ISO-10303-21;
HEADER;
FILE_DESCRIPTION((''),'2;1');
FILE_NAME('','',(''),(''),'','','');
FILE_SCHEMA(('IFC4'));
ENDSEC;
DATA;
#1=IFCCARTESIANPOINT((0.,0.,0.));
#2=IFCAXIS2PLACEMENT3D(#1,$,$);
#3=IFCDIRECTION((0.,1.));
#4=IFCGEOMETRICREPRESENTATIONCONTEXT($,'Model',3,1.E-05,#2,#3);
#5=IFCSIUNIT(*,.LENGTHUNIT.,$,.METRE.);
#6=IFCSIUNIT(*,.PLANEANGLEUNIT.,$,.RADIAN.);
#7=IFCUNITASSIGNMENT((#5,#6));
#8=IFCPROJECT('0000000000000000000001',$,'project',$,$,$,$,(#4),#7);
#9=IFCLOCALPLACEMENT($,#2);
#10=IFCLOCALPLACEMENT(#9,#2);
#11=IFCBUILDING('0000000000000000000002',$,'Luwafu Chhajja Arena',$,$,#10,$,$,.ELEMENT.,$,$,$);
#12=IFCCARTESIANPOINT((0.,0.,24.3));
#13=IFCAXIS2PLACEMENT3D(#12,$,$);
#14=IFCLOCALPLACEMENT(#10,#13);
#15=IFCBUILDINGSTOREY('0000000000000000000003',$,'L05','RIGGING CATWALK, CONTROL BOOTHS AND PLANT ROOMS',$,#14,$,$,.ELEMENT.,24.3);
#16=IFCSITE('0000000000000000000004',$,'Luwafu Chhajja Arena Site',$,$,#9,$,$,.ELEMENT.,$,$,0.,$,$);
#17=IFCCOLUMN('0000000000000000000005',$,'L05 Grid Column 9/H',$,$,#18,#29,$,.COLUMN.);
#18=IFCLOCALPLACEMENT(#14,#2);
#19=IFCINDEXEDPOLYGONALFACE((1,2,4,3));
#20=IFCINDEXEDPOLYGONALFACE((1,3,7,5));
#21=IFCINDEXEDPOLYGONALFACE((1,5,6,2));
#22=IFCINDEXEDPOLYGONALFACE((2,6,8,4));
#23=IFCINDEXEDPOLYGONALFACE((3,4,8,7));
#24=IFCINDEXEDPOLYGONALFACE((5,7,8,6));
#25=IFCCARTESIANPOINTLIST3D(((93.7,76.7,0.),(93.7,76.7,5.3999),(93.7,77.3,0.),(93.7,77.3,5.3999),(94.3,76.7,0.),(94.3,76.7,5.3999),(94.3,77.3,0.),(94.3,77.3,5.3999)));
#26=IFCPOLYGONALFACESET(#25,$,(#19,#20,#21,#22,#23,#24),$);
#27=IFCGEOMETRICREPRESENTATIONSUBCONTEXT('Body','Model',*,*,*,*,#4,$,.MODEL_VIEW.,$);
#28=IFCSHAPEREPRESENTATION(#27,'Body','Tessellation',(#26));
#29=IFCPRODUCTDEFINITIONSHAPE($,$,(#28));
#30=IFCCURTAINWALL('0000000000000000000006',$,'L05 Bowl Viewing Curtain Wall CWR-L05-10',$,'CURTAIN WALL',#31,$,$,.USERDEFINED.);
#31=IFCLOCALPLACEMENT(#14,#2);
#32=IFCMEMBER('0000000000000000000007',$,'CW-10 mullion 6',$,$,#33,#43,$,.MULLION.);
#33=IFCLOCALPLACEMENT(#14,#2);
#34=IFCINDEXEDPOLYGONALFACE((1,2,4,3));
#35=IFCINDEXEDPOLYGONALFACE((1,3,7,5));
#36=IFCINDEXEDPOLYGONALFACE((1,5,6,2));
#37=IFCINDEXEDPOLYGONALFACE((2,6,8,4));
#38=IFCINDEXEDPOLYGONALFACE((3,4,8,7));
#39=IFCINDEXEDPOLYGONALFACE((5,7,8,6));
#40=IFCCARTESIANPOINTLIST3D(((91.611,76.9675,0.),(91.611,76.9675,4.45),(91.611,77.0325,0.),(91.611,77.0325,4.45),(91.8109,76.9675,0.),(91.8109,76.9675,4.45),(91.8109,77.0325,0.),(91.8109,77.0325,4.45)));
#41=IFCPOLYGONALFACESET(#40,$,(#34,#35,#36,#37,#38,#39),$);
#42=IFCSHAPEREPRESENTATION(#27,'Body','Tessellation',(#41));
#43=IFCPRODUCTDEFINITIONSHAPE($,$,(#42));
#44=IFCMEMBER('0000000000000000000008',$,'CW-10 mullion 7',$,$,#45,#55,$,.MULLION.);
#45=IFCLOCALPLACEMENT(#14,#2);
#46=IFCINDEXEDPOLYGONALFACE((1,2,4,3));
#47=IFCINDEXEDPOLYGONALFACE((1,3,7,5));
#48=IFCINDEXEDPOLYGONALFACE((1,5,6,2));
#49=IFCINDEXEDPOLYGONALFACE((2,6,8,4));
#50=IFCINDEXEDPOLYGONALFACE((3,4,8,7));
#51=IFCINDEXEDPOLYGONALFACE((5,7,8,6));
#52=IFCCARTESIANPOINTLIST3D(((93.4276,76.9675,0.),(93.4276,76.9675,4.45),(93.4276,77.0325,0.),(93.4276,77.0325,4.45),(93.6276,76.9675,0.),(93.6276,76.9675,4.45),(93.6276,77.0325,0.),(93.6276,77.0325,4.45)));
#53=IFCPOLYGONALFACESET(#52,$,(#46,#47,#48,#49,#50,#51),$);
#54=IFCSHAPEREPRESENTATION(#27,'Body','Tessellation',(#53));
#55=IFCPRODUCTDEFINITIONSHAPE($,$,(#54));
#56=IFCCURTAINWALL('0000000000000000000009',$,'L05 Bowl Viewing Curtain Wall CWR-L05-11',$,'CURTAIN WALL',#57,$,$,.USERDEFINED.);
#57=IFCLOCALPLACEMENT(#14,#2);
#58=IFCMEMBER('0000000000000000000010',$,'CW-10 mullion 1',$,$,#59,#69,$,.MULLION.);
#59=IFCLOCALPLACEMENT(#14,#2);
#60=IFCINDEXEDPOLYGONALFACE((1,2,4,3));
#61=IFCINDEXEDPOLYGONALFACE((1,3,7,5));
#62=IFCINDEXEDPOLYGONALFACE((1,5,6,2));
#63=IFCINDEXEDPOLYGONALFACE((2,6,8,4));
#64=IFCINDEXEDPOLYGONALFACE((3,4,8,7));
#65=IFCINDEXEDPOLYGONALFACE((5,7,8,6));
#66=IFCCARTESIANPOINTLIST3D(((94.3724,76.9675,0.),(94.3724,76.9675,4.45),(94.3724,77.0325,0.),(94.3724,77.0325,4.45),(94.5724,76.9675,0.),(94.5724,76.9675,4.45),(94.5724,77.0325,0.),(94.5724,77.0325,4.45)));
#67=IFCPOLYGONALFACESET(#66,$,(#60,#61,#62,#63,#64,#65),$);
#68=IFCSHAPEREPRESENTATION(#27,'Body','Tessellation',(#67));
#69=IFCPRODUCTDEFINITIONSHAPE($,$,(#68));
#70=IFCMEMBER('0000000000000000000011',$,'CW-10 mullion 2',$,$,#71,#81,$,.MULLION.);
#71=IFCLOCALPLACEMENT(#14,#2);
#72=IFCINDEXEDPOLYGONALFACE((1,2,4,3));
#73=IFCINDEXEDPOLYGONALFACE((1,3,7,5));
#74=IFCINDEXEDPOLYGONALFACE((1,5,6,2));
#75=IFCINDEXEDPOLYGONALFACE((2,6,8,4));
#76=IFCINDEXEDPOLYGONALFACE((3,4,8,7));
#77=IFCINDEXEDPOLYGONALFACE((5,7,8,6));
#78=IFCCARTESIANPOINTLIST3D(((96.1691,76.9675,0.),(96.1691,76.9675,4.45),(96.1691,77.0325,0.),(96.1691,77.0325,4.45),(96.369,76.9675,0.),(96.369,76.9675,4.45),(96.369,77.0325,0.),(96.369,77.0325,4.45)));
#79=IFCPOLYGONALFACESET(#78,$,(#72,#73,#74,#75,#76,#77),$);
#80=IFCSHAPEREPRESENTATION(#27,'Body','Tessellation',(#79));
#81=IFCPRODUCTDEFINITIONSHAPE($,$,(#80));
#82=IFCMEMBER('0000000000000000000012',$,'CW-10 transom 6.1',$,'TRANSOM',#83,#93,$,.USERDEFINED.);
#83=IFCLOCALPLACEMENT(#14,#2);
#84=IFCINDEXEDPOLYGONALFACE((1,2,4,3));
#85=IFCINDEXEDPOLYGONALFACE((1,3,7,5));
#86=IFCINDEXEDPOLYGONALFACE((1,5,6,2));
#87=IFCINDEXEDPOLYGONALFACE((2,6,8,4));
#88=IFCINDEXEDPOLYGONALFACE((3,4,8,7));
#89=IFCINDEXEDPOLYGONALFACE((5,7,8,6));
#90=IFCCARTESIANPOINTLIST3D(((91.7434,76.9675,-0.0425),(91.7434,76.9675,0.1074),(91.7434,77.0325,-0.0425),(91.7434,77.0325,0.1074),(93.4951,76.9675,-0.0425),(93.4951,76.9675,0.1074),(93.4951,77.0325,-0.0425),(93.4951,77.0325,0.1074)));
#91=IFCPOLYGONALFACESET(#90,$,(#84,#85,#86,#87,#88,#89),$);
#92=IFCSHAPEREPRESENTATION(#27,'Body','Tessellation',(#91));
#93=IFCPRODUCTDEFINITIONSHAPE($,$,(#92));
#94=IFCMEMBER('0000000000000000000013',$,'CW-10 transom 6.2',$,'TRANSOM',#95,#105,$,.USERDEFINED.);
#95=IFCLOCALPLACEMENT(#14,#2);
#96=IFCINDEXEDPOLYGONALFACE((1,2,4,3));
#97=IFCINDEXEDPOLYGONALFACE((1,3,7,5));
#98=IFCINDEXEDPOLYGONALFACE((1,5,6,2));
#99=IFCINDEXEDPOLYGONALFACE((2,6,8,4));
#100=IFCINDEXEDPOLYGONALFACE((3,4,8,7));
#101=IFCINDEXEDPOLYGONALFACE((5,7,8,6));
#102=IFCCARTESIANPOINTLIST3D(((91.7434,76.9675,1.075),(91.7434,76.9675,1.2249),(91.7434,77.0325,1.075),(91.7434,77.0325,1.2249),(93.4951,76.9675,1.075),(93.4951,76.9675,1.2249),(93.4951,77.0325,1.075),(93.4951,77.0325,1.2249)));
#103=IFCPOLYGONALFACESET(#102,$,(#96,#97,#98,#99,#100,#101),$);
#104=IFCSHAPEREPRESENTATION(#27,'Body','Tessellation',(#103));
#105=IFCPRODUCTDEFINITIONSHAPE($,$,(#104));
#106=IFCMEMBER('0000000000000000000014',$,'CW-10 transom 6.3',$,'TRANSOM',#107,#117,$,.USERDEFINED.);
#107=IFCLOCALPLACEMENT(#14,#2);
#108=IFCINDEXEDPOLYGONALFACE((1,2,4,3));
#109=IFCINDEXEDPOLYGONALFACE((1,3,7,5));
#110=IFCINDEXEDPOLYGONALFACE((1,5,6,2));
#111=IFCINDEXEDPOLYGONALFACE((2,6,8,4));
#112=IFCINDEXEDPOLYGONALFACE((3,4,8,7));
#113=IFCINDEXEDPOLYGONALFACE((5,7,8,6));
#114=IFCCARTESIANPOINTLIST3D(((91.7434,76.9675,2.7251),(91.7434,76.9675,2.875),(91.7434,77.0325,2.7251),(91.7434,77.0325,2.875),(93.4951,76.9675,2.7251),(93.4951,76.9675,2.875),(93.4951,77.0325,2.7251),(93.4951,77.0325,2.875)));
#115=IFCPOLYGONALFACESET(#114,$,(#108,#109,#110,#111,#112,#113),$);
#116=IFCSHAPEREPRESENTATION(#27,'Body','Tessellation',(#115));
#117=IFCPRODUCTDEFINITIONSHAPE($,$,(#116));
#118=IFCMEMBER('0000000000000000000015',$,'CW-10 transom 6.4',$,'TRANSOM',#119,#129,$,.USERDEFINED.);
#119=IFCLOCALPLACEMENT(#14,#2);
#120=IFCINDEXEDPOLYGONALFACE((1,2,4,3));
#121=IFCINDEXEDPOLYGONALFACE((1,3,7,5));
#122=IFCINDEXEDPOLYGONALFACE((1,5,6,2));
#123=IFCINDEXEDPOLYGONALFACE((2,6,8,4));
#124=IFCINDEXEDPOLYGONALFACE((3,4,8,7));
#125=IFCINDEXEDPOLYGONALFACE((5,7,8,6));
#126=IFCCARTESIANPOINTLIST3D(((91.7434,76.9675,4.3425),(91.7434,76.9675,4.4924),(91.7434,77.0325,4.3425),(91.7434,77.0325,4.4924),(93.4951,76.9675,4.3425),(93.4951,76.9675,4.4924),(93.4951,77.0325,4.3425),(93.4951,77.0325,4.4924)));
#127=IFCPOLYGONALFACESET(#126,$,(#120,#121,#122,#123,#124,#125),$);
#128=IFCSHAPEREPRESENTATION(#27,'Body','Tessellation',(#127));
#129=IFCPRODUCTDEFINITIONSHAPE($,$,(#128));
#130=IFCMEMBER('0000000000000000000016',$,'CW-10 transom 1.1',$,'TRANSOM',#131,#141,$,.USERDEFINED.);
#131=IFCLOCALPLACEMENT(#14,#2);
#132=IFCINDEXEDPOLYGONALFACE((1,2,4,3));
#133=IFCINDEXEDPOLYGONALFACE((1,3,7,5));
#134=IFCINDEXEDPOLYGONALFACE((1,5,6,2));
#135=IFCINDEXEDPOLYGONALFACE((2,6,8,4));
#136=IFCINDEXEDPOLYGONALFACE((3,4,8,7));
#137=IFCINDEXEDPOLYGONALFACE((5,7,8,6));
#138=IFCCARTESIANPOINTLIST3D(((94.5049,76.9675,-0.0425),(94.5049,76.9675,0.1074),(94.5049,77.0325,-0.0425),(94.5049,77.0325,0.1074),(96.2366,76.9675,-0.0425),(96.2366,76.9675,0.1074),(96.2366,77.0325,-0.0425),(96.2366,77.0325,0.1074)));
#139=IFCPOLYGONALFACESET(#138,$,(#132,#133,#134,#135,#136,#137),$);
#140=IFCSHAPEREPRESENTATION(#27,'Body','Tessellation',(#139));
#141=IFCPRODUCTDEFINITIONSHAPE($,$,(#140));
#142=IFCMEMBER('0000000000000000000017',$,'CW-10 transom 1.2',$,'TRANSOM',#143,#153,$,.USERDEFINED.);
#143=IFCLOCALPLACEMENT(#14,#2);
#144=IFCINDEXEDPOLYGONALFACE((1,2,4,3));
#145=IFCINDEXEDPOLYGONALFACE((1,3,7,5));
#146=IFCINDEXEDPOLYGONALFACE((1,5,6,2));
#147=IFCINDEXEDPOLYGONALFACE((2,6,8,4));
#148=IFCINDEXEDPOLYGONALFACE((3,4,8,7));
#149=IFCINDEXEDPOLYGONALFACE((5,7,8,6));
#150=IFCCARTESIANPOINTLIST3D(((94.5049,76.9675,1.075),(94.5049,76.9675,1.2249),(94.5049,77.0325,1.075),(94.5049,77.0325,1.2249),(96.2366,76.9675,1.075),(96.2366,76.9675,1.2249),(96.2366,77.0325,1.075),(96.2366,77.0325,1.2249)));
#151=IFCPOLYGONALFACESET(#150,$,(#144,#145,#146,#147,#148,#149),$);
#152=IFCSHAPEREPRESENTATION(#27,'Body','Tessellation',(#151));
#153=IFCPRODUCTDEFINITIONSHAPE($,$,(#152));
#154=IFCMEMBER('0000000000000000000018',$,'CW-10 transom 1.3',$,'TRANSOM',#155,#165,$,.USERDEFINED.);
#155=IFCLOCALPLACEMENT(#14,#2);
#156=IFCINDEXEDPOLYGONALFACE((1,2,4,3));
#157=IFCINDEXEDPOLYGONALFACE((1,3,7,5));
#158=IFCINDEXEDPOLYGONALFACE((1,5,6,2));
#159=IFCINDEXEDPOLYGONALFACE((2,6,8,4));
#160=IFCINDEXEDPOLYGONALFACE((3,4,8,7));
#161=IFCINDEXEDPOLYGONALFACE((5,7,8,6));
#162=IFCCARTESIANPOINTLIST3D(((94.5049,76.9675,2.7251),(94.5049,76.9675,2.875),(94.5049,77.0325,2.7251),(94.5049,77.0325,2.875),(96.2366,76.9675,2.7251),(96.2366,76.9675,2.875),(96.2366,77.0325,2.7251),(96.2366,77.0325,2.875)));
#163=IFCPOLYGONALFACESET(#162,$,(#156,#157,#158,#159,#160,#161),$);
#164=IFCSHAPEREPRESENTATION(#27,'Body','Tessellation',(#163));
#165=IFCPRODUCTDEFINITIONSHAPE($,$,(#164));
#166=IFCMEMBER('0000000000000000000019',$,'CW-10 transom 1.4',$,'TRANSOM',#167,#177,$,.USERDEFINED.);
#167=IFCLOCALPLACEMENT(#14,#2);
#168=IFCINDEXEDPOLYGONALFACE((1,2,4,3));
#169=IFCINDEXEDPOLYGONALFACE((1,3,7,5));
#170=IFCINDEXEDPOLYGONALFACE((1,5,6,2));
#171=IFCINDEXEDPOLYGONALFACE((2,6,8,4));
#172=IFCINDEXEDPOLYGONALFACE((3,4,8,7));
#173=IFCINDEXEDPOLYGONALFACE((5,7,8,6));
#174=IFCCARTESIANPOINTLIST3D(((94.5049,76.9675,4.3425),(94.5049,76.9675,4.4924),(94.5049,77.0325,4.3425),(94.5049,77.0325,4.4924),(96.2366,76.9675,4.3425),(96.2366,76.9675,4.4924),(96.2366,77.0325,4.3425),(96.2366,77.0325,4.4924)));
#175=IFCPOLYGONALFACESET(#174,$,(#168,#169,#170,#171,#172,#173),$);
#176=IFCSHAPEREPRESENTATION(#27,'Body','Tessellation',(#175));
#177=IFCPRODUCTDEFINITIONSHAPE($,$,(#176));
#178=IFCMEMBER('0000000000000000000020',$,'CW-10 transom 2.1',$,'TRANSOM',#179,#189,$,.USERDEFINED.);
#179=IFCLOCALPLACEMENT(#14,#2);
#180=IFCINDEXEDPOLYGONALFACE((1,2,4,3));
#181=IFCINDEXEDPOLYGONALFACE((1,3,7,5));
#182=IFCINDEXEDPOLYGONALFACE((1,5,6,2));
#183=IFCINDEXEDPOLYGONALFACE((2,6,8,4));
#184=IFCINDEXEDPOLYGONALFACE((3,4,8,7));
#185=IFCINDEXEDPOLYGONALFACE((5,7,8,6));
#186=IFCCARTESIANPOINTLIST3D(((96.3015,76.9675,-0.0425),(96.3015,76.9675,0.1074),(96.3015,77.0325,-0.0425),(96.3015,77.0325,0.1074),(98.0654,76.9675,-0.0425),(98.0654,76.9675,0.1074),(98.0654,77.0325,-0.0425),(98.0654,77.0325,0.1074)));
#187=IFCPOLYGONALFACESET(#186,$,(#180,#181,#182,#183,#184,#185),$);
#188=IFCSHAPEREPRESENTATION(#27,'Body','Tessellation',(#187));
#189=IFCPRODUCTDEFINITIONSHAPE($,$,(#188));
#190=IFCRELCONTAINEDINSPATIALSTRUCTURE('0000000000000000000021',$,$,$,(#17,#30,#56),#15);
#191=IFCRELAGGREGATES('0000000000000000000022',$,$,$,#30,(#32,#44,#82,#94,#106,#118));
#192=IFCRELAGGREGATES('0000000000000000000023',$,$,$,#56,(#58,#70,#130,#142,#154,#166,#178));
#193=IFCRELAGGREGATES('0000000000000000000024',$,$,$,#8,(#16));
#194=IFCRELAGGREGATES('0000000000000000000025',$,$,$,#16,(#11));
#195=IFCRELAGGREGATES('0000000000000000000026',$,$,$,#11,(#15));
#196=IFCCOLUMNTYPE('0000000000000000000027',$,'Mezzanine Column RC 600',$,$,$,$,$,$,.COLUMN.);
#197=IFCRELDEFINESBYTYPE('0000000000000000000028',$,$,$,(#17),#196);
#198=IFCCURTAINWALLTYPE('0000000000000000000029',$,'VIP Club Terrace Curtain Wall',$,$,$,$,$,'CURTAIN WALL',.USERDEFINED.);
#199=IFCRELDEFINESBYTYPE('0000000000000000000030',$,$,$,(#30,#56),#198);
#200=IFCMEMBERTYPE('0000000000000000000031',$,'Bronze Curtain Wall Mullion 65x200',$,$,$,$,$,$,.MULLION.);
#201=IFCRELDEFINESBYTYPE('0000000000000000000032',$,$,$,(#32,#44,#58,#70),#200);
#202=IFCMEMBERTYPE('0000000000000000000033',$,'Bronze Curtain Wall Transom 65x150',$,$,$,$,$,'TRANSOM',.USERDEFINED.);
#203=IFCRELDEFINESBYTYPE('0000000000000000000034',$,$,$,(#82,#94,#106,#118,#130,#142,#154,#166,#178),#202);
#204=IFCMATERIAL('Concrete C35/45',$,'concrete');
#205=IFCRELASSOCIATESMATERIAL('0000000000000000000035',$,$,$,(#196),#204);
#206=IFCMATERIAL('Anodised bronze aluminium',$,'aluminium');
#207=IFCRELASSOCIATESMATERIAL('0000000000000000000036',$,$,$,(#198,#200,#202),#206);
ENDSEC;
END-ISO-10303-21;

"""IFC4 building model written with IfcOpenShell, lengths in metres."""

from ifc_helpers import new_model, si_unit, direction, frame, origin, origin_2d, place, context, subcontext, project, spatial, rectangle, extrude, material, material_profile, profile_set, type_object, element, aggregate, save


model = new_model("IFC4")

# Units and contexts
model_context = context("Model", 3, precision=1e-05, world=origin(), true_north=direction((0.0, 1.0)))
body_context = subcontext(model_context, "Body", "Model", "MODEL_VIEW")
ifc_project = project(units=[si_unit("LENGTHUNIT", "METRE"), si_unit("PLANEANGLEUNIT", "RADIAN")], contexts=[model_context])

# Site, building, storey
site_placement = place(None, origin())
site = spatial("IfcSite", under=ifc_project, at=site_placement, Name="Luwafu Chhajja Arena Site", CompositionType="ELEMENT", RefElevation=0.0)
building_placement = place(site_placement, origin())
building = spatial("IfcBuilding", under=site, at=building_placement, Name="Luwafu Chhajja Arena", CompositionType="ELEMENT")
storey_placement = place(building_placement, frame((0.0, 0.0, 24.3)))
storey = spatial("IfcBuildingStorey", under=building, at=storey_placement, Name="L05", Description="RIGGING CATWALK, CONTROL BOOTHS AND PLANT ROOMS", CompositionType="ELEMENT", Elevation=24.3)

# Column
ifc_material_1 = material(Name="Concrete C35/45", Category="concrete")
ifc_material_profile_1 = material_profile(ifc_material_1, rectangle(XDim=0.6001, YDim=0.6001, at=origin_2d()), Name="RC 600x600")
ifc_profile_set_1 = profile_set([ifc_material_profile_1], Name="Concrete C35/45")
column_type = type_object("IfcColumnType", Name="Mezzanine Column RC 600", PredefinedType="COLUMN", material=ifc_profile_set_1)
column_placement = place(storey_placement, frame((94.0, 77.0, 0.0), z_axis=(0.0, 0.0, 1.0), x_axis=(1.0, 0.0, 0.0)))
element("IfcColumn", 1, at=column_placement, inside=storey, type_object=column_type, Name="L05 Grid Column 9/H", PredefinedType="COLUMN", context=body_context, shape_type="SweptSolid", body=[
    extrude(rectangle(XDim=0.6001, YDim=0.6001, at=origin_2d()), origin(), (0.0, 0.0, 1.0), 5.3999),
])

# Curtain walls, members
ifc_material_2 = material(Name="Anodised bronze aluminium", Category="aluminium")
curtain_wall_type = type_object("IfcCurtainWallType", Name="VIP Club Terrace Curtain Wall", ElementType="CURTAIN WALL", PredefinedType="USERDEFINED", material=ifc_material_2)
curtain_wall_1_placement = place(storey_placement, origin())
curtain_wall_1 = element("IfcCurtainWall", 2, at=curtain_wall_1_placement, inside=storey, type_object=curtain_wall_type, Name="L05 Bowl Viewing Curtain Wall CWR-L05-10", ObjectType="CURTAIN WALL", PredefinedType="USERDEFINED")
ifc_material_profile_2 = material_profile(ifc_material_2, rectangle(XDim=0.0649, YDim=0.2, at=origin_2d()), Name="CWM 65x200")
ifc_profile_set_2 = profile_set([ifc_material_profile_2], Name="Anodised bronze aluminium")
member_type_1 = type_object("IfcMemberType", Name="Bronze Curtain Wall Mullion 65x200", PredefinedType="MULLION", material=ifc_profile_set_2)
member_1_placement = place(storey_placement, frame((91.7109, 77.0, 0.0), z_axis=(0.0, 0.0, 1.0), x_axis=(0.0, 1.0, 0.0)))
member_1 = element("IfcMember", 3, at=member_1_placement, type_object=member_type_1, Name="CW-10 mullion 6", PredefinedType="MULLION", context=body_context, shape_type="SweptSolid", body=[
    extrude(rectangle(XDim=0.0649, YDim=0.2, at=origin_2d()), origin(), (0.0, 0.0, 1.0), 4.45),
])
member_2_placement = place(storey_placement, frame((93.5276, 77.0, 0.0), z_axis=(0.0, 0.0, 1.0), x_axis=(0.0, 1.0, 0.0)))
member_2 = element("IfcMember", 4, at=member_2_placement, type_object=member_type_1, Name="CW-10 mullion 7", PredefinedType="MULLION", context=body_context, shape_type="SweptSolid", body=[
    extrude(rectangle(XDim=0.0649, YDim=0.2, at=origin_2d()), origin(), (0.0, 0.0, 1.0), 4.45),
])
curtain_wall_2_placement = place(storey_placement, origin())
curtain_wall_2 = element("IfcCurtainWall", 5, at=curtain_wall_2_placement, inside=storey, type_object=curtain_wall_type, Name="L05 Bowl Viewing Curtain Wall CWR-L05-11", ObjectType="CURTAIN WALL", PredefinedType="USERDEFINED")
member_3_placement = place(storey_placement, frame((94.4724, 77.0, 0.0), z_axis=(0.0, 0.0, 1.0), x_axis=(0.0, 1.0, 0.0)))
member_3 = element("IfcMember", 6, at=member_3_placement, type_object=member_type_1, Name="CW-10 mullion 1", PredefinedType="MULLION", context=body_context, shape_type="SweptSolid", body=[
    extrude(rectangle(XDim=0.0649, YDim=0.2, at=origin_2d()), origin(), (0.0, 0.0, 1.0), 4.45),
])
member_4_placement = place(storey_placement, frame((96.269, 77.0, 0.0), z_axis=(0.0, 0.0, 1.0), x_axis=(0.0, 1.0, 0.0)))
member_4 = element("IfcMember", 7, at=member_4_placement, type_object=member_type_1, Name="CW-10 mullion 2", PredefinedType="MULLION", context=body_context, shape_type="SweptSolid", body=[
    extrude(rectangle(XDim=0.0649, YDim=0.2, at=origin_2d()), origin(), (0.0, 0.0, 1.0), 4.45),
])

# Members
ifc_material_profile_3 = material_profile(ifc_material_2, rectangle(XDim=0.0649, YDim=0.1499, at=origin_2d()), Name="CWT 65x150")
ifc_profile_set_3 = profile_set([ifc_material_profile_3], Name="Anodised bronze aluminium")
member_type_2 = type_object("IfcMemberType", Name="Bronze Curtain Wall Transom 65x150", ElementType="TRANSOM", PredefinedType="USERDEFINED", material=ifc_profile_set_3)
member_5_placement = place(storey_placement, frame((91.7434, 77.0, 0.0325), z_axis=(1.0, 0.0, 0.0), x_axis=(0.0, 1.0, 0.0)))
member_5 = element("IfcMember", 8, at=member_5_placement, type_object=member_type_2, Name="CW-10 transom 6.1", ObjectType="TRANSOM", PredefinedType="USERDEFINED", context=body_context, shape_type="SweptSolid", body=[
    extrude(rectangle(XDim=0.0649, YDim=0.1499, at=origin_2d()), origin(), (0.0, 0.0, 1.0), 1.7517),
])
member_6_placement = place(storey_placement, frame((91.7434, 77.0, 1.1499), z_axis=(1.0, 0.0, 0.0), x_axis=(0.0, 1.0, 0.0)))
member_6 = element("IfcMember", 9, at=member_6_placement, type_object=member_type_2, Name="CW-10 transom 6.2", ObjectType="TRANSOM", PredefinedType="USERDEFINED", context=body_context, shape_type="SweptSolid", body=[
    extrude(rectangle(XDim=0.0649, YDim=0.1499, at=origin_2d()), origin(), (0.0, 0.0, 1.0), 1.7517),
])
member_7_placement = place(storey_placement, frame((91.7434, 77.0, 2.8), z_axis=(1.0, 0.0, 0.0), x_axis=(0.0, 1.0, 0.0)))
member_7 = element("IfcMember", 10, at=member_7_placement, type_object=member_type_2, Name="CW-10 transom 6.3", ObjectType="TRANSOM", PredefinedType="USERDEFINED", context=body_context, shape_type="SweptSolid", body=[
    extrude(rectangle(XDim=0.0649, YDim=0.1499, at=origin_2d()), origin(), (0.0, 0.0, 1.0), 1.7517),
])
member_8_placement = place(storey_placement, frame((91.7434, 77.0, 4.4175), z_axis=(1.0, 0.0, 0.0), x_axis=(0.0, 1.0, 0.0)))
member_8 = element("IfcMember", 11, at=member_8_placement, type_object=member_type_2, Name="CW-10 transom 6.4", ObjectType="TRANSOM", PredefinedType="USERDEFINED", context=body_context, shape_type="SweptSolid", body=[
    extrude(rectangle(XDim=0.0649, YDim=0.1499, at=origin_2d()), origin(), (0.0, 0.0, 1.0), 1.7517),
])
member_9_placement = place(storey_placement, frame((94.5049, 77.0, 0.0325), z_axis=(1.0, 0.0, 0.0), x_axis=(0.0, 1.0, 0.0)))
member_9 = element("IfcMember", 12, at=member_9_placement, type_object=member_type_2, Name="CW-10 transom 1.1", ObjectType="TRANSOM", PredefinedType="USERDEFINED", context=body_context, shape_type="SweptSolid", body=[
    extrude(rectangle(XDim=0.0649, YDim=0.1499, at=origin_2d()), origin(), (0.0, 0.0, 1.0), 1.7317),
])
member_10_placement = place(storey_placement, frame((94.5049, 77.0, 1.1499), z_axis=(1.0, 0.0, 0.0), x_axis=(0.0, 1.0, 0.0)))
member_10 = element("IfcMember", 13, at=member_10_placement, type_object=member_type_2, Name="CW-10 transom 1.2", ObjectType="TRANSOM", PredefinedType="USERDEFINED", context=body_context, shape_type="SweptSolid", body=[
    extrude(rectangle(XDim=0.0649, YDim=0.1499, at=origin_2d()), origin(), (0.0, 0.0, 1.0), 1.7317),
])
member_11_placement = place(storey_placement, frame((94.5049, 77.0, 2.8), z_axis=(1.0, 0.0, 0.0), x_axis=(0.0, 1.0, 0.0)))
member_11 = element("IfcMember", 14, at=member_11_placement, type_object=member_type_2, Name="CW-10 transom 1.3", ObjectType="TRANSOM", PredefinedType="USERDEFINED", context=body_context, shape_type="SweptSolid", body=[
    extrude(rectangle(XDim=0.0649, YDim=0.1499, at=origin_2d()), origin(), (0.0, 0.0, 1.0), 1.7317),
])
member_12_placement = place(storey_placement, frame((94.5049, 77.0, 4.4175), z_axis=(1.0, 0.0, 0.0), x_axis=(0.0, 1.0, 0.0)))
member_12 = element("IfcMember", 15, at=member_12_placement, type_object=member_type_2, Name="CW-10 transom 1.4", ObjectType="TRANSOM", PredefinedType="USERDEFINED", context=body_context, shape_type="SweptSolid", body=[
    extrude(rectangle(XDim=0.0649, YDim=0.1499, at=origin_2d()), origin(), (0.0, 0.0, 1.0), 1.7317),
])
member_13_placement = place(storey_placement, frame((96.3015, 77.0, 0.0325), z_axis=(1.0, 0.0, 0.0), x_axis=(0.0, 1.0, 0.0)))
member_13 = element("IfcMember", 16, at=member_13_placement, type_object=member_type_2, Name="CW-10 transom 2.1", ObjectType="TRANSOM", PredefinedType="USERDEFINED", context=body_context, shape_type="SweptSolid", body=[
    extrude(rectangle(XDim=0.0649, YDim=0.1499, at=origin_2d()), origin(), (0.0, 0.0, 1.0), 1.7639),
])

aggregate(curtain_wall_1, [member_1, member_2, member_5, member_6, member_7, member_8])
aggregate(curtain_wall_2, [member_3, member_4, member_9, member_10, member_11, member_12, member_13])

save(model, "model.ifc")
